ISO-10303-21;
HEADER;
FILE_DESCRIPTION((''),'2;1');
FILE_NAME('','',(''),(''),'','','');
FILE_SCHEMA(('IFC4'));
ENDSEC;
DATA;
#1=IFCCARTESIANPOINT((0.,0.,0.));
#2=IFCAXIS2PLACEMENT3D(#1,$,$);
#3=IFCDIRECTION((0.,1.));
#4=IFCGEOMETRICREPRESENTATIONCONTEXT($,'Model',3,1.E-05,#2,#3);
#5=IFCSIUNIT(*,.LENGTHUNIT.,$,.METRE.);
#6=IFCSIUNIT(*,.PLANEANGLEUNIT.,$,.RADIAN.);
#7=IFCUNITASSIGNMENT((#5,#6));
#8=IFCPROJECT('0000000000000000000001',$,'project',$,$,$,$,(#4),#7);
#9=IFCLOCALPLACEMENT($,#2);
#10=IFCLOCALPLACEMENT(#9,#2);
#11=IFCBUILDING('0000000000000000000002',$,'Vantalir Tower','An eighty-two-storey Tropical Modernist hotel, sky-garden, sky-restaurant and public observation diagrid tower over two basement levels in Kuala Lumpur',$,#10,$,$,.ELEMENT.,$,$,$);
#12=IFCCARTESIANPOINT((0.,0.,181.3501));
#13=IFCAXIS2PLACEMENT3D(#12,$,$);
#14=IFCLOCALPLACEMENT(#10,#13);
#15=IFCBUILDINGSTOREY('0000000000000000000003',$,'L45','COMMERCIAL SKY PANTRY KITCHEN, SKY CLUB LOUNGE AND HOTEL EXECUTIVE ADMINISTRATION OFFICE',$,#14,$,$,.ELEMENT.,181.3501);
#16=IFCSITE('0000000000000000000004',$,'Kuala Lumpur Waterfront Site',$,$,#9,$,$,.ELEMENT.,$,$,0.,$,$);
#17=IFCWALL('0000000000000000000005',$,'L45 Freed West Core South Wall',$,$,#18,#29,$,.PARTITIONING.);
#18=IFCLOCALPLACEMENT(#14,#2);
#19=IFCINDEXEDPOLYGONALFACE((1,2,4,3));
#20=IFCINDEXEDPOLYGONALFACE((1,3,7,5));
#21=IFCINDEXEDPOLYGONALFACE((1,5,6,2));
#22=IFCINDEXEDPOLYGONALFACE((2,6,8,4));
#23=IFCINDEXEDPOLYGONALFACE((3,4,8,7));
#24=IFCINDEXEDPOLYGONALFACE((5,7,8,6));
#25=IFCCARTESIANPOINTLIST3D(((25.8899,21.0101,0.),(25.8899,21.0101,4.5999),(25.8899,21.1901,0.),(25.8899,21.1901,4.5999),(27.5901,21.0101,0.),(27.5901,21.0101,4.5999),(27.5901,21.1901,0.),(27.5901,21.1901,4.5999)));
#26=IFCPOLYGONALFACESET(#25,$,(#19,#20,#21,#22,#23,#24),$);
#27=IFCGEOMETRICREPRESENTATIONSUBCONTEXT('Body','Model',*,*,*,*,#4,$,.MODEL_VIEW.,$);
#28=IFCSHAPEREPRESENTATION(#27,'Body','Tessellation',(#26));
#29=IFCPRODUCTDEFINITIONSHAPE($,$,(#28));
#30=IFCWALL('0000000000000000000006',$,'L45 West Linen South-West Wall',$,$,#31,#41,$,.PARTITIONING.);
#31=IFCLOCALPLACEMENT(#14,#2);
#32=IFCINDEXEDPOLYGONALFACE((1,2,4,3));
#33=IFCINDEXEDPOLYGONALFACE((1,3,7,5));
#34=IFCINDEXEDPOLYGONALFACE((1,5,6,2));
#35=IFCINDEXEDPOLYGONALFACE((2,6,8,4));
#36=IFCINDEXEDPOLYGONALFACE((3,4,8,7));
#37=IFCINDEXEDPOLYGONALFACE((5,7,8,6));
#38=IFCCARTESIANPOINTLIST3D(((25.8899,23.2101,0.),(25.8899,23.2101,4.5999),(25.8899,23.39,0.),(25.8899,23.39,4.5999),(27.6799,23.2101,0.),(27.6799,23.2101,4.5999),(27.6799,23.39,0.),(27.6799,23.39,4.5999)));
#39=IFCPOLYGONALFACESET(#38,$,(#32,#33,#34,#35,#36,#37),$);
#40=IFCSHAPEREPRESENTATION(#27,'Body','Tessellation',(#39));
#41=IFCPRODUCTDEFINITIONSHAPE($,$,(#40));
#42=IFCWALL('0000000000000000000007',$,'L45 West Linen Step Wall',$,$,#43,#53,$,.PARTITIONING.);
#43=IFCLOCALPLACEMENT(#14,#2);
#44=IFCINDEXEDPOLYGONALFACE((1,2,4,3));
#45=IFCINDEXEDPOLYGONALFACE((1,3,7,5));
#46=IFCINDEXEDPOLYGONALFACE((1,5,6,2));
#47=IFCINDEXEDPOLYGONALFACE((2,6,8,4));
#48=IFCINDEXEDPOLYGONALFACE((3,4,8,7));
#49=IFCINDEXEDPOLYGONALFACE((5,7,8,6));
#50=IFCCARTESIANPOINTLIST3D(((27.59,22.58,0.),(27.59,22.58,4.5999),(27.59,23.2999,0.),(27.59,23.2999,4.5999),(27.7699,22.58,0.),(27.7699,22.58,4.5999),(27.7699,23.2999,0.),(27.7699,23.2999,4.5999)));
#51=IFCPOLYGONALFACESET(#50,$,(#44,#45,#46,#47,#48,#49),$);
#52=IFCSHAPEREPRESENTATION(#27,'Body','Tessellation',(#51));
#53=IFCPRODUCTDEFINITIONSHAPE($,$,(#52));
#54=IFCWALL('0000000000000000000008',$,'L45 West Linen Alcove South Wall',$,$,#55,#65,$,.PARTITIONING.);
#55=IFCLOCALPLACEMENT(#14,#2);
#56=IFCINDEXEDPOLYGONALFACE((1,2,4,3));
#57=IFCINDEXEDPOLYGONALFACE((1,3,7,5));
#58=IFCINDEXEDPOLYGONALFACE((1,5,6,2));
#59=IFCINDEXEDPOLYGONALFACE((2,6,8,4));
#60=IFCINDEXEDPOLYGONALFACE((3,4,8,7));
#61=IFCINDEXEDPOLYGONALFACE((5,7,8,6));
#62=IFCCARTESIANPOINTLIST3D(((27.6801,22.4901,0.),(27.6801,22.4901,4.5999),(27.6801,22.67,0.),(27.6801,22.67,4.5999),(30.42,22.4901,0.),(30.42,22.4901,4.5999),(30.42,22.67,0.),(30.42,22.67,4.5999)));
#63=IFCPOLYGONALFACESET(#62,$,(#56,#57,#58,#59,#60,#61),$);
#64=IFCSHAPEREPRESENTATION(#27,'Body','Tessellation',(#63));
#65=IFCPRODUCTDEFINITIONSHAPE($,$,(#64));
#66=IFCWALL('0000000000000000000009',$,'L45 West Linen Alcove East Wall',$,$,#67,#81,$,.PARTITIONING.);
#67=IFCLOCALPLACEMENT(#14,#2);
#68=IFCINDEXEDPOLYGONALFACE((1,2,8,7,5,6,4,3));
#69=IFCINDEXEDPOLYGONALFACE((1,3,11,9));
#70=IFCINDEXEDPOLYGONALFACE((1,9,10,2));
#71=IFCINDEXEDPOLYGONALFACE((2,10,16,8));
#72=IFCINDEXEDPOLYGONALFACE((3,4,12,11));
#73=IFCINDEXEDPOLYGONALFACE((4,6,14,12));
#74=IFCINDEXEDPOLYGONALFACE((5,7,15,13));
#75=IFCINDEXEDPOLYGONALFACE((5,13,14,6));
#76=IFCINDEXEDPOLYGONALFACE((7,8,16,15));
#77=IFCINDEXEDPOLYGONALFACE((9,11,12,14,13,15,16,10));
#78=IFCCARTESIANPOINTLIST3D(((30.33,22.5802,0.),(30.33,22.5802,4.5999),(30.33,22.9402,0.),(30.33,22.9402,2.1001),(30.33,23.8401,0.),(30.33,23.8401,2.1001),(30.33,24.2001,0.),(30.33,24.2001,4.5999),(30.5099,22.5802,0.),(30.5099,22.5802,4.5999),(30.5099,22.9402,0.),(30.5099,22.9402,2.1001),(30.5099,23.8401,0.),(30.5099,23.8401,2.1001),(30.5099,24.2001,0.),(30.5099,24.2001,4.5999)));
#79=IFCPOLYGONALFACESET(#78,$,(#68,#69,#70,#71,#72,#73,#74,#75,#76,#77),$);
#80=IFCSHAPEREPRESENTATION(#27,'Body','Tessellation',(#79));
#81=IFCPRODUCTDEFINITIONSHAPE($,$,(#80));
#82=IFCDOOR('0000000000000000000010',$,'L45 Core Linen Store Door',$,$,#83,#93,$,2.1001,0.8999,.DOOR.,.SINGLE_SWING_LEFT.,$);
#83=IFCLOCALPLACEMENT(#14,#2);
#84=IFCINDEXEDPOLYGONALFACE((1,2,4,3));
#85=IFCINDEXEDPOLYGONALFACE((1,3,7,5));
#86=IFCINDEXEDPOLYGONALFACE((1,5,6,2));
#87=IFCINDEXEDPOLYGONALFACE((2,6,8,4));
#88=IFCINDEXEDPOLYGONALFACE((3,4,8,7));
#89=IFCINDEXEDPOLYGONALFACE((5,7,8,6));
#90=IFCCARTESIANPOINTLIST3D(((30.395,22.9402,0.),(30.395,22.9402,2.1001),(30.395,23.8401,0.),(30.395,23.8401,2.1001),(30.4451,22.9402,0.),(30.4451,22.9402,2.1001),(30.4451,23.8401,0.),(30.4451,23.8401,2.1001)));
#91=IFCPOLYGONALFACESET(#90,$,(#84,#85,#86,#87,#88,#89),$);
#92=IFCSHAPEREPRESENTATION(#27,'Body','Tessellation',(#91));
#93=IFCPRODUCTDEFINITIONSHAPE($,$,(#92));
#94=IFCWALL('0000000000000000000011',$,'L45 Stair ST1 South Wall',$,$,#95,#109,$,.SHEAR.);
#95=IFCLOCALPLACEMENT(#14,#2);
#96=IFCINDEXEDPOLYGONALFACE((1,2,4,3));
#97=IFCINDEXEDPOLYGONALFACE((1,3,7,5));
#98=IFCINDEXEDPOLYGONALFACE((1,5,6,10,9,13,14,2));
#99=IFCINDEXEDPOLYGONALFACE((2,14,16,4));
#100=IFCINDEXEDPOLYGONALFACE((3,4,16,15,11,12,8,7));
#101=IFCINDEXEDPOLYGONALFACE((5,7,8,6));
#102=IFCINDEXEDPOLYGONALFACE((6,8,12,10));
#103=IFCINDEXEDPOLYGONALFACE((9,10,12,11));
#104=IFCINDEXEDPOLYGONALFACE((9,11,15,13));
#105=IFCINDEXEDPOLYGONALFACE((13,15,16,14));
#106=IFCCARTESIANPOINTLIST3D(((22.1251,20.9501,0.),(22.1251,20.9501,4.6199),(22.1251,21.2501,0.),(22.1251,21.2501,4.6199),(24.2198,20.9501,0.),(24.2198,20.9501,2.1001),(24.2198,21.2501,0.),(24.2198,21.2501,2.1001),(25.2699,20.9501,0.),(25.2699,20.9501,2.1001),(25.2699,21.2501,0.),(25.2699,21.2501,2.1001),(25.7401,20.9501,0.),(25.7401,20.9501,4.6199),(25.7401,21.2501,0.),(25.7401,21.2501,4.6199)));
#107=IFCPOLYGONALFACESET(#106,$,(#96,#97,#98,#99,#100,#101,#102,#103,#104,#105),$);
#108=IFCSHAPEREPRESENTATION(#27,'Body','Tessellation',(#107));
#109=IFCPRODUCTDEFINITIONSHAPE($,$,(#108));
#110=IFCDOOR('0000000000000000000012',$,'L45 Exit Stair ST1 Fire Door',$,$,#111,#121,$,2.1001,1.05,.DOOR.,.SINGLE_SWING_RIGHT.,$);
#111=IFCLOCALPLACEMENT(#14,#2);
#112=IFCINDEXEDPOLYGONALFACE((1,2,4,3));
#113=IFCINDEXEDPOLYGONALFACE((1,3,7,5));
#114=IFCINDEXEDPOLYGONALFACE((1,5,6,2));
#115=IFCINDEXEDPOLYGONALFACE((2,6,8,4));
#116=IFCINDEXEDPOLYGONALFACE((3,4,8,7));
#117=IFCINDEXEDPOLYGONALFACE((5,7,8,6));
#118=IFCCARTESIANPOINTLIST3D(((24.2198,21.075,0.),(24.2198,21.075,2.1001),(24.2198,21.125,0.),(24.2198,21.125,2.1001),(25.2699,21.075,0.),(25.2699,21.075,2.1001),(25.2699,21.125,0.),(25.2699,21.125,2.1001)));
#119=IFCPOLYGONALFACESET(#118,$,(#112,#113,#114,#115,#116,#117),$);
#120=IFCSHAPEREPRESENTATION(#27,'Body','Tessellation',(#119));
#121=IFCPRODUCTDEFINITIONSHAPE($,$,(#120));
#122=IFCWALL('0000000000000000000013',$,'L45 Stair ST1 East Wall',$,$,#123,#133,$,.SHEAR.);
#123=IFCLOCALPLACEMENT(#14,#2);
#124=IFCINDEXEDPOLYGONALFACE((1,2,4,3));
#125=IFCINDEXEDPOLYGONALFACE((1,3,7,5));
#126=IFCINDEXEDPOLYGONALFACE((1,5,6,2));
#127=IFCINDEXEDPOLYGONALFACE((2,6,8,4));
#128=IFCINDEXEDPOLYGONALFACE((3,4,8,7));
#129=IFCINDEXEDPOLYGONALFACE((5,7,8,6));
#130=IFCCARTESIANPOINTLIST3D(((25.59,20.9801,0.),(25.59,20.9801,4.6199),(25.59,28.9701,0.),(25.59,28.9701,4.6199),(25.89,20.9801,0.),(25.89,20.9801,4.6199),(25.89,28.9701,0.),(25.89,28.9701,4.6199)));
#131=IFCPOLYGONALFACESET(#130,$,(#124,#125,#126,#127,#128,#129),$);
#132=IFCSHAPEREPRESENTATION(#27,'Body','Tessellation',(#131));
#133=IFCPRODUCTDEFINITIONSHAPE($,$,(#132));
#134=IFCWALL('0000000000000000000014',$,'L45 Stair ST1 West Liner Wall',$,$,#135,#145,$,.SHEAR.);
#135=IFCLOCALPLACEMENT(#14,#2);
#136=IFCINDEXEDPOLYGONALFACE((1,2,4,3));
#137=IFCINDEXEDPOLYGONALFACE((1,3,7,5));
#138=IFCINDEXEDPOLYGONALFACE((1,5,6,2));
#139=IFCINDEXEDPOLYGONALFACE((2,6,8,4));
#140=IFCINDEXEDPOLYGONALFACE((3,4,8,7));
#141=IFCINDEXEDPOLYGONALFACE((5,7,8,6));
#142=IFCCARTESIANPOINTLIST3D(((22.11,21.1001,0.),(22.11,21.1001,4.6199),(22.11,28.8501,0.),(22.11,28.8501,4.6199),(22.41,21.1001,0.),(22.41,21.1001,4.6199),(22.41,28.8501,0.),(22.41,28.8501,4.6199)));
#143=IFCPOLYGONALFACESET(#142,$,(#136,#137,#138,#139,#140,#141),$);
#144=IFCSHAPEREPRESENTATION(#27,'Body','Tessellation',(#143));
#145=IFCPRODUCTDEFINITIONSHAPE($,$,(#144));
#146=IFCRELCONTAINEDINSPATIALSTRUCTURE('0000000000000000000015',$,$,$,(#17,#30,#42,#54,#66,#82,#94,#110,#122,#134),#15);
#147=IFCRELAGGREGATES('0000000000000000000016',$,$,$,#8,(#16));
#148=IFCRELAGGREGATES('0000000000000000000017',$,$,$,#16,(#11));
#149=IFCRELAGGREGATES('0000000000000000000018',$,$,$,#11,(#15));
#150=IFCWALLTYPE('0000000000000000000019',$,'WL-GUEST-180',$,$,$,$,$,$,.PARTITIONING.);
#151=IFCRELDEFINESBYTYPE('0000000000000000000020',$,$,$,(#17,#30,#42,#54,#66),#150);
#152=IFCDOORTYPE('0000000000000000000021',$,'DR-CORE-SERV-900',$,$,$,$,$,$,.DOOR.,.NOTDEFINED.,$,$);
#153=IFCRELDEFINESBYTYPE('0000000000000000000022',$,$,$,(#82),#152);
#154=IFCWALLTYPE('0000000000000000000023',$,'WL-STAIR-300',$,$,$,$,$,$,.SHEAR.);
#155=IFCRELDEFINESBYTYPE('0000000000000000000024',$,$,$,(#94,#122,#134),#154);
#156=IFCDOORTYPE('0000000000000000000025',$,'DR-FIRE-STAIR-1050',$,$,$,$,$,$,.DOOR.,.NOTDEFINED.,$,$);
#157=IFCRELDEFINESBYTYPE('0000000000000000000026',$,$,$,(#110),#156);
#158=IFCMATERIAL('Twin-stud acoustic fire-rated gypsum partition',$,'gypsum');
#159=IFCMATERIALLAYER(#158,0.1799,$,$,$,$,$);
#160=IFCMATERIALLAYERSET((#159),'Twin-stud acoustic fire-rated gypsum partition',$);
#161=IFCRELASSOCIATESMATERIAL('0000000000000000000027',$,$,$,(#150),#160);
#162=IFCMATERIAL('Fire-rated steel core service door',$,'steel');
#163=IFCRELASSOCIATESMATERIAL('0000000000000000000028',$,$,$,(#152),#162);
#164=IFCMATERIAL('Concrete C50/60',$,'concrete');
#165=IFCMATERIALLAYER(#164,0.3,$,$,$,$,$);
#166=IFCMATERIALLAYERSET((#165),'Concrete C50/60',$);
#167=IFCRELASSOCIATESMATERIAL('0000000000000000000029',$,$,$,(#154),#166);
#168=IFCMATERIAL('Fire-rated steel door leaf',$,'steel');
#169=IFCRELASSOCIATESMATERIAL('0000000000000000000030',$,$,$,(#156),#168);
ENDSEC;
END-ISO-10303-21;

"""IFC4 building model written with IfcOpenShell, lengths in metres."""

from ifc_helpers import new_model, si_unit, direction, frame, frame_2d, origin, place, context, subcontext, project, spatial, rectangle, extrude, material, layer, layer_set, type_object, element, fill, save


model = new_model("IFC4")

# Units and contexts
model_context = context("Model", 3, precision=1e-05, world=origin(), true_north=direction((0.0, 1.0)))
body_context = subcontext(model_context, "Body", "Model", "MODEL_VIEW")
ifc_project = project(units=[si_unit("LENGTHUNIT", "METRE"), si_unit("PLANEANGLEUNIT", "RADIAN")], contexts=[model_context])

# Site, building, storey
site_placement = place(None, origin())
site = spatial("IfcSite", under=ifc_project, at=site_placement, Name="Kuala Lumpur Waterfront Site", CompositionType="ELEMENT", RefElevation=0.0)
building_placement = place(site_placement, origin())
building = spatial("IfcBuilding", under=site, at=building_placement, Name="Vantalir Tower", Description="An eighty-two-storey Tropical Modernist hotel, sky-garden, sky-restaurant and public observation diagrid tower over two basement levels in Kuala Lumpur", CompositionType="ELEMENT")
storey_placement = place(building_placement, frame((0.0, 0.0, 181.3501)))
storey = spatial("IfcBuildingStorey", under=building, at=storey_placement, Name="L45", Description="COMMERCIAL SKY PANTRY KITCHEN, SKY CLUB LOUNGE AND HOTEL EXECUTIVE ADMINISTRATION OFFICE", CompositionType="ELEMENT", Elevation=181.3501)

# Shared definitions
ifc_material_1 = material(Name="Concrete C50/60", Category="concrete")

# Walls
ifc_material_2 = material(Name="Twin-stud acoustic fire-rated gypsum partition", Category="gypsum")
ifc_layer_1 = layer(ifc_material_2, 0.1799)
ifc_layer_set_1 = layer_set([ifc_layer_1], Name="Twin-stud acoustic fire-rated gypsum partition")
wall_type_1 = type_object("IfcWallType", Name="WL-GUEST-180", PredefinedType="PARTITIONING", material=ifc_layer_set_1)
wall_1_placement = place(storey_placement, frame((25.8899, 21.1001, 0.0), z_axis=(0.0, 0.0, 1.0), x_axis=(1.0, 0.0, 0.0)))
element("IfcWall", 1, at=wall_1_placement, inside=storey, type_object=wall_type_1, Name="L45 Freed West Core South Wall", PredefinedType="PARTITIONING", context=body_context, shape_type="SweptSolid", body=[
    extrude(rectangle(XDim=1.7002, YDim=0.1799, at=frame_2d((0.8501, 0.0))), origin(), (0.0, 0.0, 1.0), 4.5999),
])
wall_2_placement = place(storey_placement, frame((25.8899, 23.3, 0.0), z_axis=(0.0, 0.0, 1.0), x_axis=(1.0, 0.0, 0.0)))
element("IfcWall", 2, at=wall_2_placement, inside=storey, type_object=wall_type_1, Name="L45 West Linen South-West Wall", PredefinedType="PARTITIONING", context=body_context, shape_type="SweptSolid", body=[
    extrude(rectangle(XDim=1.79, YDim=0.1799, at=frame_2d((0.895, 0.0))), origin(), (0.0, 0.0, 1.0), 4.5999),
])
wall_3_placement = place(storey_placement, frame((27.6799, 22.5801, 0.0), z_axis=(0.0, 0.0, 1.0), x_axis=(0.0, 1.0, 0.0)))
element("IfcWall", 3, at=wall_3_placement, inside=storey, type_object=wall_type_1, Name="L45 West Linen Step Wall", PredefinedType="PARTITIONING", context=body_context, shape_type="SweptSolid", body=[
    extrude(rectangle(XDim=0.72, YDim=0.1799, at=frame_2d((0.3599, 0.0))), origin(), (0.0, 0.0, 1.0), 4.5999),
])
wall_4_placement = place(storey_placement, frame((27.6799, 22.5801, 0.0), z_axis=(0.0, 0.0, 1.0), x_axis=(1.0, 0.0, 0.0)))
element("IfcWall", 4, at=wall_4_placement, inside=storey, type_object=wall_type_1, Name="L45 West Linen Alcove South Wall", PredefinedType="PARTITIONING", context=body_context, shape_type="SweptSolid", body=[
    extrude(rectangle(XDim=2.74, YDim=0.1799, at=frame_2d((1.3701, 0.0))), origin(), (0.0, 0.0, 1.0), 4.5999),
])

# Walls, openings, doors
wall_5_placement = place(storey_placement, frame((30.4199, 22.5801, 0.0), z_axis=(0.0, 0.0, 1.0), x_axis=(0.0, 1.0, 0.0)))
wall_5 = element("IfcWall", 5, at=wall_5_placement, inside=storey, type_object=wall_type_1, Name="L45 West Linen Alcove East Wall", PredefinedType="PARTITIONING", context=body_context, shape_type="SweptSolid", body=[
    extrude(rectangle(XDim=1.6199, YDim=0.1799, at=frame_2d((0.8101, 0.0))), origin(), (0.0, 0.0, 1.0), 4.5999),
])
opening_1_placement = place(wall_5_placement, frame((0.3601, 0.0, 0.0)))
opening_1 = element("IfcOpeningElement", 6, at=opening_1_placement, cuts=wall_5, PredefinedType="OPENING", context=body_context, shape_type="SweptSolid", body=[
    extrude(rectangle(XDim=0.8999, YDim=2.1001, at=frame_2d((0.45, 1.05))), frame((0.0, 0.0999, 0.0), z_axis=(0.0, -1.0, 0.0), x_axis=(1.0, 0.0, 0.0)), (0.0, 0.0, 1.0), 0.2),
])
ifc_material_3 = material(Name="Fire-rated steel core service door", Category="steel")
door_type_1 = type_object("IfcDoorType", Name="DR-CORE-SERV-900", OperationType="NOTDEFINED", PredefinedType="DOOR", material=ifc_material_3)
door_1_placement = place(opening_1_placement, origin())
door_1 = element("IfcDoor", 7, at=door_1_placement, inside=storey, type_object=door_type_1, Name="L45 Core Linen Store Door", OperationType="SINGLE_SWING_LEFT", OverallHeight=2.1001, OverallWidth=0.8999, PredefinedType="DOOR", context=body_context, shape_type="SweptSolid", body=[
    extrude(rectangle(XDim=0.8999, YDim=2.1001, at=frame_2d((0.45, 1.05))), frame((0.0, 0.0249, 0.0), z_axis=(0.0, -1.0, 0.0), x_axis=(1.0, 0.0, 0.0)), (0.0, 0.0, 1.0), 0.05),
])
fill(opening_1, door_1)
ifc_layer_2 = layer(ifc_material_1, 0.3)
ifc_layer_set_2 = layer_set([ifc_layer_2], Name="Concrete C50/60")
wall_type_2 = type_object("IfcWallType", Name="WL-STAIR-300", PredefinedType="SHEAR", material=ifc_layer_set_2)
wall_6_placement = place(storey_placement, frame((22.125, 21.1001, 0.0), z_axis=(0.0, 0.0, 1.0), x_axis=(1.0, 0.0, 0.0)))
wall_6 = element("IfcWall", 8, at=wall_6_placement, inside=storey, type_object=wall_type_2, Name="L45 Stair ST1 South Wall", PredefinedType="SHEAR", context=body_context, shape_type="SweptSolid", body=[
    extrude(rectangle(XDim=3.615, YDim=0.3, at=frame_2d((1.8076, 0.0))), origin(), (0.0, 0.0, 1.0), 4.6199),
])
opening_2_placement = place(wall_6_placement, frame((2.095, 0.0, 0.0)))
opening_2 = element("IfcOpeningElement", 9, at=opening_2_placement, cuts=wall_6, PredefinedType="OPENING", context=body_context, shape_type="SweptSolid", body=[
    extrude(rectangle(XDim=1.05, YDim=2.1001, at=frame_2d((0.5249, 1.05))), frame((0.0, 0.1599, 0.0), z_axis=(0.0, -1.0, 0.0), x_axis=(1.0, 0.0, 0.0)), (0.0, 0.0, 1.0), 0.3201),
])
ifc_material_4 = material(Name="Fire-rated steel door leaf", Category="steel")
door_type_2 = type_object("IfcDoorType", Name="DR-FIRE-STAIR-1050", OperationType="NOTDEFINED", PredefinedType="DOOR", material=ifc_material_4)
door_2_placement = place(opening_2_placement, origin())
door_2 = element("IfcDoor", 10, at=door_2_placement, inside=storey, type_object=door_type_2, Name="L45 Exit Stair ST1 Fire Door", OperationType="SINGLE_SWING_RIGHT", OverallHeight=2.1001, OverallWidth=1.05, PredefinedType="DOOR", context=body_context, shape_type="SweptSolid", body=[
    extrude(rectangle(XDim=1.05, YDim=2.1001, at=frame_2d((0.5249, 1.05))), frame((0.0, 0.0249, 0.0), z_axis=(0.0, -1.0, 0.0), x_axis=(1.0, 0.0, 0.0)), (0.0, 0.0, 1.0), 0.05),
])
fill(opening_2, door_2)

# Walls
wall_7_placement = place(storey_placement, frame((25.74, 20.98, 0.0), z_axis=(0.0, 0.0, 1.0), x_axis=(0.0, 1.0, 0.0)))
element("IfcWall", 11, at=wall_7_placement, inside=storey, type_object=wall_type_2, Name="L45 Stair ST1 East Wall", PredefinedType="SHEAR", context=body_context, shape_type="SweptSolid", body=[
    extrude(rectangle(XDim=7.99, YDim=0.3, at=frame_2d((3.9951, 0.0))), origin(), (0.0, 0.0, 1.0), 4.6199),
])
wall_8_placement = place(storey_placement, frame((22.26, 21.1001, 0.0), z_axis=(0.0, 0.0, 1.0), x_axis=(0.0, 1.0, 0.0)))
element("IfcWall", 12, at=wall_8_placement, inside=storey, type_object=wall_type_2, Name="L45 Stair ST1 West Liner Wall", PredefinedType="SHEAR", context=body_context, shape_type="SweptSolid", body=[
    extrude(rectangle(XDim=7.75, YDim=0.3, at=frame_2d((3.875, 0.0))), origin(), (0.0, 0.0, 1.0), 4.6199),
])

save(model, "model.ifc")
